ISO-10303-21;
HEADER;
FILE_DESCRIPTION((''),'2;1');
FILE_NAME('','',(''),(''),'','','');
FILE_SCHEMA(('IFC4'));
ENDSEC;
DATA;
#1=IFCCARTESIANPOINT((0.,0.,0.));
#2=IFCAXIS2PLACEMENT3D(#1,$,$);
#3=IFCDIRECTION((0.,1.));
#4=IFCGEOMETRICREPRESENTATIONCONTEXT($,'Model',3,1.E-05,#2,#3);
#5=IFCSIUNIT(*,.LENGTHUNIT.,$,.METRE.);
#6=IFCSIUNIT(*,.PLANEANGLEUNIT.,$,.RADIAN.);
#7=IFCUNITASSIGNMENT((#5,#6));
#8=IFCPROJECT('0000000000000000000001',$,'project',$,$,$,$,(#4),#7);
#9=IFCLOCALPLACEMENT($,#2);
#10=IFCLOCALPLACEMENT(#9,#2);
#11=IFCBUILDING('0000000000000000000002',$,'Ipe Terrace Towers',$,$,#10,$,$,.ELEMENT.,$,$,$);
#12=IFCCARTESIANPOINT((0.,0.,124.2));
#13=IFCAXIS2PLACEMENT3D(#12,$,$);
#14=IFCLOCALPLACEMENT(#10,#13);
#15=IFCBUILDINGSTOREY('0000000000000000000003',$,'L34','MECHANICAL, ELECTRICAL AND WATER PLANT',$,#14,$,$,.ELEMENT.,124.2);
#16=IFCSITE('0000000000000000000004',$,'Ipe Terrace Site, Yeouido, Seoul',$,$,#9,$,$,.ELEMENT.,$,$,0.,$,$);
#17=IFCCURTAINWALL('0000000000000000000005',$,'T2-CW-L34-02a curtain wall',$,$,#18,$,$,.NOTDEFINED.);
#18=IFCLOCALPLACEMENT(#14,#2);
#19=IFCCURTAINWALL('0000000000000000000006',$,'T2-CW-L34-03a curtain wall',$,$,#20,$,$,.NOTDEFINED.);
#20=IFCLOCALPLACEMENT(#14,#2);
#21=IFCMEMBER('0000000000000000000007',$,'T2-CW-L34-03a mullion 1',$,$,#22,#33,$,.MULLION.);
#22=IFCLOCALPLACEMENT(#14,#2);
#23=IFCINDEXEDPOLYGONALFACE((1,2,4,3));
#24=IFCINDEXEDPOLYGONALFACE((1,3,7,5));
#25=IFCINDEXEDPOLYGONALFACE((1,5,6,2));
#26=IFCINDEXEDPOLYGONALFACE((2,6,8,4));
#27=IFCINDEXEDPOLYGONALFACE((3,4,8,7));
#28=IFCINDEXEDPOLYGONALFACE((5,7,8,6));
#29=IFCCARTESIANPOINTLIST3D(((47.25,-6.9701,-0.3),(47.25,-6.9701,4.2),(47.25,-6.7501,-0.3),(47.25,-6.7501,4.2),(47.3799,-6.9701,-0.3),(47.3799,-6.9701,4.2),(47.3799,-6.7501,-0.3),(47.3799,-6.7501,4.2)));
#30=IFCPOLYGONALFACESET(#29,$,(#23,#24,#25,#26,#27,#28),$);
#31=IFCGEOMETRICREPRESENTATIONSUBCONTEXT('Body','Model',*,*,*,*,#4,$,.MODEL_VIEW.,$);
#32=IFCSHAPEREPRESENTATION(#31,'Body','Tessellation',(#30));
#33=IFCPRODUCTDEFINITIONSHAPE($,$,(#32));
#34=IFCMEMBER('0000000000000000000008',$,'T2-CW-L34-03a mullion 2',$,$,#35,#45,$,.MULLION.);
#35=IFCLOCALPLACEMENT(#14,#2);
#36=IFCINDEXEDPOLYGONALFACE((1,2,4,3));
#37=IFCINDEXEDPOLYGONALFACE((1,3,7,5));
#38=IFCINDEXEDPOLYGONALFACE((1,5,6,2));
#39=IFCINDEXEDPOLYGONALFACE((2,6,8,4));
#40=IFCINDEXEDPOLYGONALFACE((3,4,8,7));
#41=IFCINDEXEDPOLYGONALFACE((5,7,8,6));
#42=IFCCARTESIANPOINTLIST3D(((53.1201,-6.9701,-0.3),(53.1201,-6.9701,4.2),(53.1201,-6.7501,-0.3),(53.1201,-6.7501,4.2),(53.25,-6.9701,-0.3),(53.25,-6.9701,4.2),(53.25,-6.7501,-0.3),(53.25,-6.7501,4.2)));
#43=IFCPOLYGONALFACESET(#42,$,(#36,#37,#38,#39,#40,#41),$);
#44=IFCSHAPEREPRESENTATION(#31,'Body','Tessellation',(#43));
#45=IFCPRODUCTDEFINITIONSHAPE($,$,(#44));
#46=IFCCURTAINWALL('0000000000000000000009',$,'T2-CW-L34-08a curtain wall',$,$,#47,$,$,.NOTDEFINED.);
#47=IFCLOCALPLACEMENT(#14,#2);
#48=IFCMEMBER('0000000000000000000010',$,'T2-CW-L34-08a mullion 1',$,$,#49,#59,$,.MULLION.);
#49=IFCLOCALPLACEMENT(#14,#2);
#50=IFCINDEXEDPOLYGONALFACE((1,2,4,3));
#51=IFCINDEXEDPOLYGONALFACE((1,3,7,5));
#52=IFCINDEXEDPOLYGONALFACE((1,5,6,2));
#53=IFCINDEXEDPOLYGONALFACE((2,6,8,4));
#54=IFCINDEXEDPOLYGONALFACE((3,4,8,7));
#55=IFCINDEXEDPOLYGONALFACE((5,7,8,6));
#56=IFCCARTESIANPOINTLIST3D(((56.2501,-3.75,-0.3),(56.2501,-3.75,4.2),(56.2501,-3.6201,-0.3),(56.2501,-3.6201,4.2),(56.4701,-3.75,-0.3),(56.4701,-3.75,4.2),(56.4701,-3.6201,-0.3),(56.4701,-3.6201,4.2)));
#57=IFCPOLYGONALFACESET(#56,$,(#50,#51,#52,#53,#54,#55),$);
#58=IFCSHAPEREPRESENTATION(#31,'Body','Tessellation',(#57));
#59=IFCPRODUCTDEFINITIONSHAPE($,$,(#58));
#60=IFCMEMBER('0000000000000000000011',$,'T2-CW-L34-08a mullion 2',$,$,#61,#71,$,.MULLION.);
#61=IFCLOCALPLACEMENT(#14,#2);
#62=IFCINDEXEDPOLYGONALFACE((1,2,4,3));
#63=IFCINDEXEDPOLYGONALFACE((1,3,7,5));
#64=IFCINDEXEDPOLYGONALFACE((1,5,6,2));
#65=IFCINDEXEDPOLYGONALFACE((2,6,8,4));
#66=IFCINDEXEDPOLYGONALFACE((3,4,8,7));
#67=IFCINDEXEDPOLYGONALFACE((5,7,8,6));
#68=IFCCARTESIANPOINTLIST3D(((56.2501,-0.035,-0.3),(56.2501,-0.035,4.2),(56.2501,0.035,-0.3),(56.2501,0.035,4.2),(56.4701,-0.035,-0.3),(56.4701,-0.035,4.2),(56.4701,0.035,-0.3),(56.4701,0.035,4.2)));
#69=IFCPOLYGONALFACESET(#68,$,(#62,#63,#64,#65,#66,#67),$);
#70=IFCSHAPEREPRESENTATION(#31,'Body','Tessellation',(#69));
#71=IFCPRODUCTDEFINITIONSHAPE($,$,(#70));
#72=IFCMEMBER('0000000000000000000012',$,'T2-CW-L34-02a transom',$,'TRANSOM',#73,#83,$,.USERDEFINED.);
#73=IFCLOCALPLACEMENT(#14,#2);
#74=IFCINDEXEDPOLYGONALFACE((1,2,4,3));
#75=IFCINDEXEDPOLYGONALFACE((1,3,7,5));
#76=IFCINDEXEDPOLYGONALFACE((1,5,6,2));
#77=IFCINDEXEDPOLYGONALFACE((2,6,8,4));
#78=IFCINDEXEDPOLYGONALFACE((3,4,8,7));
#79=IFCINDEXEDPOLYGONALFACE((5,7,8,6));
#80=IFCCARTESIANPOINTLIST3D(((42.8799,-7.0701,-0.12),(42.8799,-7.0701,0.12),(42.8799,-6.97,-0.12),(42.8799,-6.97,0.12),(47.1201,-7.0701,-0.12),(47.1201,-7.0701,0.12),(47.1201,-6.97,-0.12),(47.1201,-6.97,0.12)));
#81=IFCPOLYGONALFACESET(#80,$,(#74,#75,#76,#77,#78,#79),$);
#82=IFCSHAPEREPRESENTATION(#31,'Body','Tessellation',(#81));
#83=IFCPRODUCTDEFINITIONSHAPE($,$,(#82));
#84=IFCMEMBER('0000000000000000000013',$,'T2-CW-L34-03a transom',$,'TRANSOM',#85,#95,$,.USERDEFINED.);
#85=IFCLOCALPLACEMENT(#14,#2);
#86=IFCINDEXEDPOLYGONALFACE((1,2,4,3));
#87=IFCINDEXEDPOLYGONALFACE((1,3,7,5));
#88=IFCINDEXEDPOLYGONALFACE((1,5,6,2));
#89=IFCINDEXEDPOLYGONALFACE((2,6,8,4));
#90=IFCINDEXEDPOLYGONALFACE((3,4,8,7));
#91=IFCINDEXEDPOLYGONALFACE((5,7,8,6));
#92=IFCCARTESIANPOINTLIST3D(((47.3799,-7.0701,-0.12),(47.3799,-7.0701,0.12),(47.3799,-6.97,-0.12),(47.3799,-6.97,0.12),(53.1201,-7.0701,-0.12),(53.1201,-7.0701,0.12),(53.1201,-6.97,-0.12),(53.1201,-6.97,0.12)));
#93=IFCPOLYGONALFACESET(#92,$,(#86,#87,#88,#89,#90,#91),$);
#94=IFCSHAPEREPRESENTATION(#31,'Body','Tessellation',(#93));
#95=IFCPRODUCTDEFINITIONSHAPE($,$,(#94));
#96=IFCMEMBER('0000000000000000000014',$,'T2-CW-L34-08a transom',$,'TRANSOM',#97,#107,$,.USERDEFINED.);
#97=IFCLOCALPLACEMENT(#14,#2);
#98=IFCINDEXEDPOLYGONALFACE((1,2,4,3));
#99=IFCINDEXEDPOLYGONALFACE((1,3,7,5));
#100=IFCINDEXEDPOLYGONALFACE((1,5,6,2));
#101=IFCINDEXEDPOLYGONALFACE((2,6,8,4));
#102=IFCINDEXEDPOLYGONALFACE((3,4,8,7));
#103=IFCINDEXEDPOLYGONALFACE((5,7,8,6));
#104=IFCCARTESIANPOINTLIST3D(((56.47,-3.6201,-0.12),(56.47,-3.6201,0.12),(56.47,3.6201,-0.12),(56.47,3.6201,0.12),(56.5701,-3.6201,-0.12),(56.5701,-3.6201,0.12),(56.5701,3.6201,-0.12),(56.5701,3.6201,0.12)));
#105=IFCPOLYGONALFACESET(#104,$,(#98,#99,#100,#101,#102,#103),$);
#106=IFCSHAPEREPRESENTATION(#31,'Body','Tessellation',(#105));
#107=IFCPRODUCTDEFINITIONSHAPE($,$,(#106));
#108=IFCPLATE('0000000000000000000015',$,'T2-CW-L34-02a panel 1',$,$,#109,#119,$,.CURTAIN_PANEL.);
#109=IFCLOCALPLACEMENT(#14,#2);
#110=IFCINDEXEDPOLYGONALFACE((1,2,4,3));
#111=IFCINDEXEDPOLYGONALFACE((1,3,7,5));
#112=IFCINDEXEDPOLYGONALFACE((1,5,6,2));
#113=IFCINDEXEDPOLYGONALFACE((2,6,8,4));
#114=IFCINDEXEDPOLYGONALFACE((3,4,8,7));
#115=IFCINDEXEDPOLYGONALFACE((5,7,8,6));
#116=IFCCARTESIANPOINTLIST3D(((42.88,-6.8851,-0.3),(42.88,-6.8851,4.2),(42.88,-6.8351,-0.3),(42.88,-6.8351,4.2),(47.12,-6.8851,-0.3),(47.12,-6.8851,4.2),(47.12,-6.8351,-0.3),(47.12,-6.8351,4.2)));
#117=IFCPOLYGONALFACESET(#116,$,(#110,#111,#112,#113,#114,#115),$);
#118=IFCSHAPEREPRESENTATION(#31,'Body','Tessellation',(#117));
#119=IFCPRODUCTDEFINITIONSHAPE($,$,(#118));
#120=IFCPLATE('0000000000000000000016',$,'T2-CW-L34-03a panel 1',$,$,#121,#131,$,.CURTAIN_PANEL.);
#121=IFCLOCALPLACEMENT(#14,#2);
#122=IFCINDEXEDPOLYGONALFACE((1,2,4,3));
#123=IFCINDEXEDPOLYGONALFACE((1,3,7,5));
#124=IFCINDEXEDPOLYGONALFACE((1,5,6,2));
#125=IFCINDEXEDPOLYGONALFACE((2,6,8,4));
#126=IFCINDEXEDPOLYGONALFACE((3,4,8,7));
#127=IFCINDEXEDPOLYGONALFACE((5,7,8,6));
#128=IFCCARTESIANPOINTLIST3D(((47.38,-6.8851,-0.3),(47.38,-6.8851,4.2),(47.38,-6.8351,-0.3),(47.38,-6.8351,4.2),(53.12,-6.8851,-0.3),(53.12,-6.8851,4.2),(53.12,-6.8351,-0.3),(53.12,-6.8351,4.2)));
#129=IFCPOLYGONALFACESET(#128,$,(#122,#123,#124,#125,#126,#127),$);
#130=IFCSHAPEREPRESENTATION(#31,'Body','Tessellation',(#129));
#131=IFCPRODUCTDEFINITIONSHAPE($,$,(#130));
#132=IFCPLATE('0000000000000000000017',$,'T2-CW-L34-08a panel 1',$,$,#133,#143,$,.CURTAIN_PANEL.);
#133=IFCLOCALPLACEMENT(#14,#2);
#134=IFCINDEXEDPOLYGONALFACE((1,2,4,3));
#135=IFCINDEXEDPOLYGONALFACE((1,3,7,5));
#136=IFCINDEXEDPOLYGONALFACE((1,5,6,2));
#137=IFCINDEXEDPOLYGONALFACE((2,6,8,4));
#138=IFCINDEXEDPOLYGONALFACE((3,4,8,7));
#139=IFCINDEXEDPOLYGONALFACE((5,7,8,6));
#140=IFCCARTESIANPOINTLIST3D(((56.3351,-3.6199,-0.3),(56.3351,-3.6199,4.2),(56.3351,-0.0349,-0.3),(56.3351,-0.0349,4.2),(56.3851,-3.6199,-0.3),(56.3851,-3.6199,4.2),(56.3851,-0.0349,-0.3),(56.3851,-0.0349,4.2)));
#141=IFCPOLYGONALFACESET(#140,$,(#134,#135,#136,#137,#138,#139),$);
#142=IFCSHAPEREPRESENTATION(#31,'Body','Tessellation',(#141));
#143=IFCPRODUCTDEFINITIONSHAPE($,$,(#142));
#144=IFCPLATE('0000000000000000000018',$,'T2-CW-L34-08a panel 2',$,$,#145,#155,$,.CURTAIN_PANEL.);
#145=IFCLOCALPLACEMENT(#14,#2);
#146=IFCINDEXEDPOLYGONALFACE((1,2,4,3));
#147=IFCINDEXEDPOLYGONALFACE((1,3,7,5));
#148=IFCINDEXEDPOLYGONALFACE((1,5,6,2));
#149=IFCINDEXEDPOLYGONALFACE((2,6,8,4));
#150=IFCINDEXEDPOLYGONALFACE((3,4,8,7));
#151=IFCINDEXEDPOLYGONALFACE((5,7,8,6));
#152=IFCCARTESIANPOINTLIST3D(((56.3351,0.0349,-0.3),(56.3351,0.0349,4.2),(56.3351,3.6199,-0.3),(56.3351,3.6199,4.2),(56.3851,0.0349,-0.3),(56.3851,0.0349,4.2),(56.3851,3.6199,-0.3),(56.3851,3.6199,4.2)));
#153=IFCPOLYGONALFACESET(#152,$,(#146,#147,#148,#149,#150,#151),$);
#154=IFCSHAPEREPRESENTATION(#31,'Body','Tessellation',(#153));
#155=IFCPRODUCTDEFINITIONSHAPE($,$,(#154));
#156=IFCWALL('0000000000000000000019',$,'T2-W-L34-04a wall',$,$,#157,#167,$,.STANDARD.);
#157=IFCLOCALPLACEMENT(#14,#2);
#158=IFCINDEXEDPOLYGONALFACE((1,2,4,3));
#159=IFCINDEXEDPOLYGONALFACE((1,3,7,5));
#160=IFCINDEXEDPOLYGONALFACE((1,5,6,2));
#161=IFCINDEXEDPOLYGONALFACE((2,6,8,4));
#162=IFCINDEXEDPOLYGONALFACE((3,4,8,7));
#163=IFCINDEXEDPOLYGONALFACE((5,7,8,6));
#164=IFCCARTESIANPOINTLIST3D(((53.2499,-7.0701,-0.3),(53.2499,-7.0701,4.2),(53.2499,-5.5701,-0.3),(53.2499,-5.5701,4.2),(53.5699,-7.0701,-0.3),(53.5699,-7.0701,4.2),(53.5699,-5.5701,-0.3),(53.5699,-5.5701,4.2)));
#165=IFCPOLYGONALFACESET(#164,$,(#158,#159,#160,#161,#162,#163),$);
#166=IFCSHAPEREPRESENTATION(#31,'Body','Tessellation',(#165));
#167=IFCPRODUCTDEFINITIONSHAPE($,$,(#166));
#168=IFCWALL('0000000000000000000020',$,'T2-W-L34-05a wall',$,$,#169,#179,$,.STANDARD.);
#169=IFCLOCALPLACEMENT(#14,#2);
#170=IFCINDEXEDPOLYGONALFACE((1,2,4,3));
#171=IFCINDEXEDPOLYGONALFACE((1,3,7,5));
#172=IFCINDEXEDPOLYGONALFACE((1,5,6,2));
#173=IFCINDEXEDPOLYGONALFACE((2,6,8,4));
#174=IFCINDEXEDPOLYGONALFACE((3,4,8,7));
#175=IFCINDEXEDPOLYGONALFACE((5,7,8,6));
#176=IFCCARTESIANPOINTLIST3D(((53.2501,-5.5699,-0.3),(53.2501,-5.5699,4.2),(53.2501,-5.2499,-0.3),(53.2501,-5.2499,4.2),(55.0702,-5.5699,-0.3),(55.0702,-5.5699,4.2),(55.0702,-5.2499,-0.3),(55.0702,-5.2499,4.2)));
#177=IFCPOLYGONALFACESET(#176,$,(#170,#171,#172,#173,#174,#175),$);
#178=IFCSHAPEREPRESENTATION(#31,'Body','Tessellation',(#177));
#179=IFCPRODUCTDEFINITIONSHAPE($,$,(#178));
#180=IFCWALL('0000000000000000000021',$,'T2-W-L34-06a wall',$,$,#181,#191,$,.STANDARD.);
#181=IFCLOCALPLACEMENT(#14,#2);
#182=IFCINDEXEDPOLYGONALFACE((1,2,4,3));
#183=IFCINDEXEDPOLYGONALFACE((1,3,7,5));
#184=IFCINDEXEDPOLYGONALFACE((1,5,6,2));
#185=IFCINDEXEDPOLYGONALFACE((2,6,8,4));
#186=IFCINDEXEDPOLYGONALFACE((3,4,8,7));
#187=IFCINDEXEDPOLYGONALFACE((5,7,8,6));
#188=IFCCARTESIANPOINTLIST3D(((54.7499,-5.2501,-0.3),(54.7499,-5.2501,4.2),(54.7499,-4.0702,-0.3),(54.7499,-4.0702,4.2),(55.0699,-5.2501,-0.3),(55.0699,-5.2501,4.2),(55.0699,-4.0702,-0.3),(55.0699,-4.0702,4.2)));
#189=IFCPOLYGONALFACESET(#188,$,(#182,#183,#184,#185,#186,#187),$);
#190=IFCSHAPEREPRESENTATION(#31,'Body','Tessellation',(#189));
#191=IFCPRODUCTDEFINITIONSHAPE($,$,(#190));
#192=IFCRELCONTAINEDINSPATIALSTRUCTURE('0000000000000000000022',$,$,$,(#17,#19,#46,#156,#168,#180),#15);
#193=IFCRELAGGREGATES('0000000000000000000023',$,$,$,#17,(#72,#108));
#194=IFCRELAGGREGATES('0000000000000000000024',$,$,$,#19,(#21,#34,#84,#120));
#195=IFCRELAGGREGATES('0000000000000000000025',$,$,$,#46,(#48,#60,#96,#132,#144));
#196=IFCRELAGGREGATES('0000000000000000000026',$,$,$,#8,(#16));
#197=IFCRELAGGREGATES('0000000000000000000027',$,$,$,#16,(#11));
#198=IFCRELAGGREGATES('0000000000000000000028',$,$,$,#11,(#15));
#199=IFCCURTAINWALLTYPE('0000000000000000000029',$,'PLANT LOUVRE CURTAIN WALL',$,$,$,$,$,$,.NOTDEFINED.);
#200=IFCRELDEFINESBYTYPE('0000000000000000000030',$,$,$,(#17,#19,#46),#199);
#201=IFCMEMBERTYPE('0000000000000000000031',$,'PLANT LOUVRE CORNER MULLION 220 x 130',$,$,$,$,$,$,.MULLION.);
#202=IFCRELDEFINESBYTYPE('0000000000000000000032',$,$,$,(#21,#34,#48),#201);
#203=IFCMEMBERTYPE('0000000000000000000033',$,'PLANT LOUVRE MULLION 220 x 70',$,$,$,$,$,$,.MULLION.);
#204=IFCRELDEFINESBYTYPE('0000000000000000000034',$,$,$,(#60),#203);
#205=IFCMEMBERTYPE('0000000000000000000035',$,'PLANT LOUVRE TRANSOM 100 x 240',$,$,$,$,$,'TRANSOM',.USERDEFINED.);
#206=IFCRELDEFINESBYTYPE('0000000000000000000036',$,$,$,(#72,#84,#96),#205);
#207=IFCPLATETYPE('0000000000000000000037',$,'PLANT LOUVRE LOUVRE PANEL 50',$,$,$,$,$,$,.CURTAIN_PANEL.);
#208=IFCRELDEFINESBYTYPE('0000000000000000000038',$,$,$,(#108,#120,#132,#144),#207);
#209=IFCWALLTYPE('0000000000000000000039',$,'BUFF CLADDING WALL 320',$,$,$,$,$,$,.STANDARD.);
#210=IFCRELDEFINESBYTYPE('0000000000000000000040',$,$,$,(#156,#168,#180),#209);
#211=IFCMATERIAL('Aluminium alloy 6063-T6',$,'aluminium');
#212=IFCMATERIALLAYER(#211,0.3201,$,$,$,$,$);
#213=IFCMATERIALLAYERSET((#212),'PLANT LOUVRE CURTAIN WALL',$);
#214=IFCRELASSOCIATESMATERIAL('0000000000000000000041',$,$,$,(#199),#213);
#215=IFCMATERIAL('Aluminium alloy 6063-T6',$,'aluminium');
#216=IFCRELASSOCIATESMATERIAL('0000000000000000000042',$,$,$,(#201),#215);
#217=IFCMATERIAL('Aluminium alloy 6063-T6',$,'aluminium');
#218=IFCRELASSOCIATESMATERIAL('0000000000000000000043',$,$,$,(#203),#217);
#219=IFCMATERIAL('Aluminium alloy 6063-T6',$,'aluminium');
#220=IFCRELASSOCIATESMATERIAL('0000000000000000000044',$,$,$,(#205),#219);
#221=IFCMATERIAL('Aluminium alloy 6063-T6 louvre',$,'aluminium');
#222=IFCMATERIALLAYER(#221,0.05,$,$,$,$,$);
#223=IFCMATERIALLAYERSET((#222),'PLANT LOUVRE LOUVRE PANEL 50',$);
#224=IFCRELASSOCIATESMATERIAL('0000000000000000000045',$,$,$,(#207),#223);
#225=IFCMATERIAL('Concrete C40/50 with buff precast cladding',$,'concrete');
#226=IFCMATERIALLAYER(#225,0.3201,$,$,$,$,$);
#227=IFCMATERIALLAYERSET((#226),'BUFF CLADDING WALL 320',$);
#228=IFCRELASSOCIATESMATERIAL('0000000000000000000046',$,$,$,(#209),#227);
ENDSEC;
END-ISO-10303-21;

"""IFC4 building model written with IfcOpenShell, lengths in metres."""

from ifc_helpers import new_model, si_unit, direction, frame, frame_2d, origin, origin_2d, place, context, subcontext, project, spatial, rectangle, extrude, material, layer, layer_set, material_profile, profile_set, type_object, element, aggregate, save


model = new_model("IFC4")

# Units and contexts
model_context = context("Model", 3, precision=1e-05, world=origin(), true_north=direction((0.0, 1.0)))
body_context = subcontext(model_context, "Body", "Model", "MODEL_VIEW")
ifc_project = project(units=[si_unit("LENGTHUNIT", "METRE"), si_unit("PLANEANGLEUNIT", "RADIAN")], contexts=[model_context])

# Site, building, storey
site_placement = place(None, origin())
site = spatial("IfcSite", under=ifc_project, at=site_placement, Name="Ipe Terrace Site, Yeouido, Seoul", CompositionType="ELEMENT", RefElevation=0.0)
building_placement = place(site_placement, origin())
building = spatial("IfcBuilding", under=site, at=building_placement, Name="Ipe Terrace Towers", CompositionType="ELEMENT")
storey_placement = place(building_placement, frame((0.0, 0.0, 124.2)))
storey = spatial("IfcBuildingStorey", under=building, at=storey_placement, Name="L34", Description="MECHANICAL, ELECTRICAL AND WATER PLANT", CompositionType="ELEMENT", Elevation=124.2)

# Curtain wall
ifc_material_1 = material(Name="Aluminium alloy 6063-T6", Category="aluminium")
ifc_layer_1 = layer(ifc_material_1, 0.3201)
ifc_layer_set_1 = layer_set([ifc_layer_1], Name="PLANT LOUVRE CURTAIN WALL")
curtain_wall_type = type_object("IfcCurtainWallType", Name="PLANT LOUVRE CURTAIN WALL", PredefinedType="NOTDEFINED", material=ifc_layer_set_1)
curtain_wall_1_placement = place(storey_placement, origin())
curtain_wall_1 = element("IfcCurtainWall", 1, at=curtain_wall_1_placement, inside=storey, type_object=curtain_wall_type, Name="T2-CW-L34-02a curtain wall", PredefinedType="NOTDEFINED")
ifc_material_2 = material(Name="Aluminium alloy 6063-T6", Category="aluminium")
ifc_material_profile_1 = material_profile(ifc_material_2, rectangle(XDim=0.22, YDim=0.1299, at=origin_2d()), Name="PLANT LOUVRE CORNER MULLION 220 x 130")
ifc_profile_set_1 = profile_set([ifc_material_profile_1], Name="Aluminium alloy 6063-T6")
member_type_1 = type_object("IfcMemberType", Name="PLANT LOUVRE CORNER MULLION 220 x 130", PredefinedType="MULLION", material=ifc_profile_set_1)

# Curtain walls, members
curtain_wall_2_placement = place(storey_placement, origin())
curtain_wall_2 = element("IfcCurtainWall", 2, at=curtain_wall_2_placement, inside=storey, type_object=curtain_wall_type, Name="T2-CW-L34-03a curtain wall", PredefinedType="NOTDEFINED")
member_1_placement = place(storey_placement, frame((47.3149, -6.8601, -0.3), z_axis=(0.0, 0.0, 1.0), x_axis=(0.0, -1.0, 0.0)))
member_1 = element("IfcMember", 3, at=member_1_placement, type_object=member_type_1, Name="T2-CW-L34-03a mullion 1", PredefinedType="MULLION", context=body_context, shape_type="SweptSolid", body=[
    extrude(rectangle(XDim=0.22, YDim=0.1299, at=origin_2d()), origin(), (0.0, 0.0, 1.0), 4.5),
])
member_2_placement = place(storey_placement, frame((53.1851, -6.8601, -0.3), z_axis=(0.0, 0.0, 1.0), x_axis=(0.0, -1.0, 0.0)))
member_2 = element("IfcMember", 4, at=member_2_placement, type_object=member_type_1, Name="T2-CW-L34-03a mullion 2", PredefinedType="MULLION", context=body_context, shape_type="SweptSolid", body=[
    extrude(rectangle(XDim=0.22, YDim=0.1299, at=origin_2d()), origin(), (0.0, 0.0, 1.0), 4.5),
])
curtain_wall_3_placement = place(storey_placement, origin())
curtain_wall_3 = element("IfcCurtainWall", 5, at=curtain_wall_3_placement, inside=storey, type_object=curtain_wall_type, Name="T2-CW-L34-08a curtain wall", PredefinedType="NOTDEFINED")
member_3_placement = place(storey_placement, frame((56.3601, -3.6851, -0.3), z_axis=(0.0, 0.0, 1.0), x_axis=(1.0, 0.0, 0.0)))
member_3 = element("IfcMember", 6, at=member_3_placement, type_object=member_type_1, Name="T2-CW-L34-08a mullion 1", PredefinedType="MULLION", context=body_context, shape_type="SweptSolid", body=[
    extrude(rectangle(XDim=0.22, YDim=0.1299, at=origin_2d()), origin(), (0.0, 0.0, 1.0), 4.5),
])
ifc_material_3 = material(Name="Aluminium alloy 6063-T6", Category="aluminium")
ifc_material_profile_2 = material_profile(ifc_material_3, rectangle(XDim=0.22, YDim=0.0701, at=origin_2d()), Name="PLANT LOUVRE MULLION 220 x 70")
ifc_profile_set_2 = profile_set([ifc_material_profile_2], Name="Aluminium alloy 6063-T6")
member_type_2 = type_object("IfcMemberType", Name="PLANT LOUVRE MULLION 220 x 70", PredefinedType="MULLION", material=ifc_profile_set_2)
member_4_placement = place(storey_placement, frame((56.3601, 0.0, -0.3), z_axis=(0.0, 0.0, 1.0), x_axis=(1.0, 0.0, 0.0)))
member_4 = element("IfcMember", 7, at=member_4_placement, type_object=member_type_2, Name="T2-CW-L34-08a mullion 2", PredefinedType="MULLION", context=body_context, shape_type="SweptSolid", body=[
    extrude(rectangle(XDim=0.22, YDim=0.0701, at=origin_2d()), origin(), (0.0, 0.0, 1.0), 4.5),
])

# Members
ifc_material_4 = material(Name="Aluminium alloy 6063-T6", Category="aluminium")
ifc_material_profile_3 = material_profile(ifc_material_4, rectangle(XDim=0.1001, YDim=0.24, at=origin_2d()), Name="PLANT LOUVRE TRANSOM 100 x 240")
ifc_profile_set_3 = profile_set([ifc_material_profile_3], Name="Aluminium alloy 6063-T6")
member_type_3 = type_object("IfcMemberType", Name="PLANT LOUVRE TRANSOM 100 x 240", ElementType="TRANSOM", PredefinedType="USERDEFINED", material=ifc_profile_set_3)
member_5_placement = place(storey_placement, frame((42.8799, -7.02, 0.0), z_axis=(1.0, 0.0, 0.0), x_axis=(0.0, -1.0, 0.0)))
member_5 = element("IfcMember", 8, at=member_5_placement, type_object=member_type_3, Name="T2-CW-L34-02a transom", ObjectType="TRANSOM", PredefinedType="USERDEFINED", context=body_context, shape_type="SweptSolid", body=[
    extrude(rectangle(XDim=0.1001, YDim=0.24, at=origin_2d()), origin(), (0.0, 0.0, 1.0), 4.2402),
])
member_6_placement = place(storey_placement, frame((47.3799, -7.02, 0.0), z_axis=(1.0, 0.0, 0.0), x_axis=(0.0, -1.0, 0.0)))
member_6 = element("IfcMember", 9, at=member_6_placement, type_object=member_type_3, Name="T2-CW-L34-03a transom", ObjectType="TRANSOM", PredefinedType="USERDEFINED", context=body_context, shape_type="SweptSolid", body=[
    extrude(rectangle(XDim=0.1001, YDim=0.24, at=origin_2d()), origin(), (0.0, 0.0, 1.0), 5.7402),
])
member_7_placement = place(storey_placement, frame((56.52, -3.6201, 0.0), z_axis=(0.0, 1.0, 0.0), x_axis=(1.0, 0.0, 0.0)))
member_7 = element("IfcMember", 10, at=member_7_placement, type_object=member_type_3, Name="T2-CW-L34-08a transom", ObjectType="TRANSOM", PredefinedType="USERDEFINED", context=body_context, shape_type="SweptSolid", body=[
    extrude(rectangle(XDim=0.1001, YDim=0.24, at=origin_2d()), origin(), (0.0, 0.0, 1.0), 7.2402),
])

# Plates
ifc_material_5 = material(Name="Aluminium alloy 6063-T6 louvre", Category="aluminium")
ifc_layer_2 = layer(ifc_material_5, 0.05)
ifc_layer_set_2 = layer_set([ifc_layer_2], Name="PLANT LOUVRE LOUVRE PANEL 50")
plate_type = type_object("IfcPlateType", Name="PLANT LOUVRE LOUVRE PANEL 50", PredefinedType="CURTAIN_PANEL", material=ifc_layer_set_2)
plate_1_placement = place(storey_placement, frame((45.0, -6.8601, -0.3), z_axis=(0.0, 0.0, 1.0), x_axis=(1.0, 0.0, 0.0)))
plate_1 = element("IfcPlate", 11, at=plate_1_placement, type_object=plate_type, Name="T2-CW-L34-02a panel 1", PredefinedType="CURTAIN_PANEL", context=body_context, shape_type="SweptSolid", body=[
    extrude(rectangle(XDim=4.24, YDim=0.05, at=origin_2d()), origin(), (0.0, 0.0, 1.0), 4.5),
])
aggregate(curtain_wall_1, [member_5, plate_1])
plate_2_placement = place(storey_placement, frame((50.25, -6.8601, -0.3), z_axis=(0.0, 0.0, 1.0), x_axis=(1.0, 0.0, 0.0)))
plate_2 = element("IfcPlate", 12, at=plate_2_placement, type_object=plate_type, Name="T2-CW-L34-03a panel 1", PredefinedType="CURTAIN_PANEL", context=body_context, shape_type="SweptSolid", body=[
    extrude(rectangle(XDim=5.74, YDim=0.05, at=origin_2d()), origin(), (0.0, 0.0, 1.0), 4.5),
])
aggregate(curtain_wall_2, [member_1, member_2, member_6, plate_2])
plate_3_placement = place(storey_placement, frame((56.3601, -1.8274, -0.3), z_axis=(0.0, 0.0, 1.0), x_axis=(0.0, 1.0, 0.0)))
plate_3 = element("IfcPlate", 13, at=plate_3_placement, type_object=plate_type, Name="T2-CW-L34-08a panel 1", PredefinedType="CURTAIN_PANEL", context=body_context, shape_type="SweptSolid", body=[
    extrude(rectangle(XDim=3.585, YDim=0.05, at=origin_2d()), origin(), (0.0, 0.0, 1.0), 4.5),
])
plate_4_placement = place(storey_placement, frame((56.3601, 1.8274, -0.3), z_axis=(0.0, 0.0, 1.0), x_axis=(0.0, 1.0, 0.0)))
plate_4 = element("IfcPlate", 14, at=plate_4_placement, type_object=plate_type, Name="T2-CW-L34-08a panel 2", PredefinedType="CURTAIN_PANEL", context=body_context, shape_type="SweptSolid", body=[
    extrude(rectangle(XDim=3.585, YDim=0.05, at=origin_2d()), origin(), (0.0, 0.0, 1.0), 4.5),
])
aggregate(curtain_wall_3, [member_3, member_4, member_7, plate_3, plate_4])

# Walls
ifc_material_6 = material(Name="Concrete C40/50 with buff precast cladding", Category="concrete")
ifc_layer_3 = layer(ifc_material_6, 0.3201)
ifc_layer_set_3 = layer_set([ifc_layer_3], Name="BUFF CLADDING WALL 320")
wall_type_1 = type_object("IfcWallType", Name="BUFF CLADDING WALL 320", PredefinedType="STANDARD", material=ifc_layer_set_3)
wall_1_placement = place(storey_placement, frame((53.4099, -7.0701, -0.3), z_axis=(0.0, 0.0, 1.0), x_axis=(0.0, 1.0, 0.0)))
element("IfcWall", 15, at=wall_1_placement, inside=storey, type_object=wall_type_1, Name="T2-W-L34-04a wall", PredefinedType="STANDARD", context=body_context, shape_type="SweptSolid", body=[
    extrude(rectangle(XDim=1.5, YDim=0.3201, at=frame_2d((0.75, 0.0))), origin(), (0.0, 0.0, 1.0), 4.5),
])
wall_2_placement = place(storey_placement, frame((53.25, -5.4099, -0.3), z_axis=(0.0, 0.0, 1.0), x_axis=(1.0, 0.0, 0.0)))
element("IfcWall", 16, at=wall_2_placement, inside=storey, type_object=wall_type_1, Name="T2-W-L34-05a wall", PredefinedType="STANDARD", context=body_context, shape_type="SweptSolid", body=[
    extrude(rectangle(XDim=1.8201, YDim=0.3201, at=frame_2d((0.9102, 0.0))), origin(), (0.0, 0.0, 1.0), 4.5),
])
wall_3_placement = place(storey_placement, frame((54.9099, -5.25, -0.3), z_axis=(0.0, 0.0, 1.0), x_axis=(0.0, 1.0, 0.0)))
element("IfcWall", 17, at=wall_3_placement, inside=storey, type_object=wall_type_1, Name="T2-W-L34-06a wall", PredefinedType="STANDARD", context=body_context, shape_type="SweptSolid", body=[
    extrude(rectangle(XDim=1.1799, YDim=0.3201, at=frame_2d((0.5898, 0.0))), origin(), (0.0, 0.0, 1.0), 4.5),
])

save(model, "model.ifc")
